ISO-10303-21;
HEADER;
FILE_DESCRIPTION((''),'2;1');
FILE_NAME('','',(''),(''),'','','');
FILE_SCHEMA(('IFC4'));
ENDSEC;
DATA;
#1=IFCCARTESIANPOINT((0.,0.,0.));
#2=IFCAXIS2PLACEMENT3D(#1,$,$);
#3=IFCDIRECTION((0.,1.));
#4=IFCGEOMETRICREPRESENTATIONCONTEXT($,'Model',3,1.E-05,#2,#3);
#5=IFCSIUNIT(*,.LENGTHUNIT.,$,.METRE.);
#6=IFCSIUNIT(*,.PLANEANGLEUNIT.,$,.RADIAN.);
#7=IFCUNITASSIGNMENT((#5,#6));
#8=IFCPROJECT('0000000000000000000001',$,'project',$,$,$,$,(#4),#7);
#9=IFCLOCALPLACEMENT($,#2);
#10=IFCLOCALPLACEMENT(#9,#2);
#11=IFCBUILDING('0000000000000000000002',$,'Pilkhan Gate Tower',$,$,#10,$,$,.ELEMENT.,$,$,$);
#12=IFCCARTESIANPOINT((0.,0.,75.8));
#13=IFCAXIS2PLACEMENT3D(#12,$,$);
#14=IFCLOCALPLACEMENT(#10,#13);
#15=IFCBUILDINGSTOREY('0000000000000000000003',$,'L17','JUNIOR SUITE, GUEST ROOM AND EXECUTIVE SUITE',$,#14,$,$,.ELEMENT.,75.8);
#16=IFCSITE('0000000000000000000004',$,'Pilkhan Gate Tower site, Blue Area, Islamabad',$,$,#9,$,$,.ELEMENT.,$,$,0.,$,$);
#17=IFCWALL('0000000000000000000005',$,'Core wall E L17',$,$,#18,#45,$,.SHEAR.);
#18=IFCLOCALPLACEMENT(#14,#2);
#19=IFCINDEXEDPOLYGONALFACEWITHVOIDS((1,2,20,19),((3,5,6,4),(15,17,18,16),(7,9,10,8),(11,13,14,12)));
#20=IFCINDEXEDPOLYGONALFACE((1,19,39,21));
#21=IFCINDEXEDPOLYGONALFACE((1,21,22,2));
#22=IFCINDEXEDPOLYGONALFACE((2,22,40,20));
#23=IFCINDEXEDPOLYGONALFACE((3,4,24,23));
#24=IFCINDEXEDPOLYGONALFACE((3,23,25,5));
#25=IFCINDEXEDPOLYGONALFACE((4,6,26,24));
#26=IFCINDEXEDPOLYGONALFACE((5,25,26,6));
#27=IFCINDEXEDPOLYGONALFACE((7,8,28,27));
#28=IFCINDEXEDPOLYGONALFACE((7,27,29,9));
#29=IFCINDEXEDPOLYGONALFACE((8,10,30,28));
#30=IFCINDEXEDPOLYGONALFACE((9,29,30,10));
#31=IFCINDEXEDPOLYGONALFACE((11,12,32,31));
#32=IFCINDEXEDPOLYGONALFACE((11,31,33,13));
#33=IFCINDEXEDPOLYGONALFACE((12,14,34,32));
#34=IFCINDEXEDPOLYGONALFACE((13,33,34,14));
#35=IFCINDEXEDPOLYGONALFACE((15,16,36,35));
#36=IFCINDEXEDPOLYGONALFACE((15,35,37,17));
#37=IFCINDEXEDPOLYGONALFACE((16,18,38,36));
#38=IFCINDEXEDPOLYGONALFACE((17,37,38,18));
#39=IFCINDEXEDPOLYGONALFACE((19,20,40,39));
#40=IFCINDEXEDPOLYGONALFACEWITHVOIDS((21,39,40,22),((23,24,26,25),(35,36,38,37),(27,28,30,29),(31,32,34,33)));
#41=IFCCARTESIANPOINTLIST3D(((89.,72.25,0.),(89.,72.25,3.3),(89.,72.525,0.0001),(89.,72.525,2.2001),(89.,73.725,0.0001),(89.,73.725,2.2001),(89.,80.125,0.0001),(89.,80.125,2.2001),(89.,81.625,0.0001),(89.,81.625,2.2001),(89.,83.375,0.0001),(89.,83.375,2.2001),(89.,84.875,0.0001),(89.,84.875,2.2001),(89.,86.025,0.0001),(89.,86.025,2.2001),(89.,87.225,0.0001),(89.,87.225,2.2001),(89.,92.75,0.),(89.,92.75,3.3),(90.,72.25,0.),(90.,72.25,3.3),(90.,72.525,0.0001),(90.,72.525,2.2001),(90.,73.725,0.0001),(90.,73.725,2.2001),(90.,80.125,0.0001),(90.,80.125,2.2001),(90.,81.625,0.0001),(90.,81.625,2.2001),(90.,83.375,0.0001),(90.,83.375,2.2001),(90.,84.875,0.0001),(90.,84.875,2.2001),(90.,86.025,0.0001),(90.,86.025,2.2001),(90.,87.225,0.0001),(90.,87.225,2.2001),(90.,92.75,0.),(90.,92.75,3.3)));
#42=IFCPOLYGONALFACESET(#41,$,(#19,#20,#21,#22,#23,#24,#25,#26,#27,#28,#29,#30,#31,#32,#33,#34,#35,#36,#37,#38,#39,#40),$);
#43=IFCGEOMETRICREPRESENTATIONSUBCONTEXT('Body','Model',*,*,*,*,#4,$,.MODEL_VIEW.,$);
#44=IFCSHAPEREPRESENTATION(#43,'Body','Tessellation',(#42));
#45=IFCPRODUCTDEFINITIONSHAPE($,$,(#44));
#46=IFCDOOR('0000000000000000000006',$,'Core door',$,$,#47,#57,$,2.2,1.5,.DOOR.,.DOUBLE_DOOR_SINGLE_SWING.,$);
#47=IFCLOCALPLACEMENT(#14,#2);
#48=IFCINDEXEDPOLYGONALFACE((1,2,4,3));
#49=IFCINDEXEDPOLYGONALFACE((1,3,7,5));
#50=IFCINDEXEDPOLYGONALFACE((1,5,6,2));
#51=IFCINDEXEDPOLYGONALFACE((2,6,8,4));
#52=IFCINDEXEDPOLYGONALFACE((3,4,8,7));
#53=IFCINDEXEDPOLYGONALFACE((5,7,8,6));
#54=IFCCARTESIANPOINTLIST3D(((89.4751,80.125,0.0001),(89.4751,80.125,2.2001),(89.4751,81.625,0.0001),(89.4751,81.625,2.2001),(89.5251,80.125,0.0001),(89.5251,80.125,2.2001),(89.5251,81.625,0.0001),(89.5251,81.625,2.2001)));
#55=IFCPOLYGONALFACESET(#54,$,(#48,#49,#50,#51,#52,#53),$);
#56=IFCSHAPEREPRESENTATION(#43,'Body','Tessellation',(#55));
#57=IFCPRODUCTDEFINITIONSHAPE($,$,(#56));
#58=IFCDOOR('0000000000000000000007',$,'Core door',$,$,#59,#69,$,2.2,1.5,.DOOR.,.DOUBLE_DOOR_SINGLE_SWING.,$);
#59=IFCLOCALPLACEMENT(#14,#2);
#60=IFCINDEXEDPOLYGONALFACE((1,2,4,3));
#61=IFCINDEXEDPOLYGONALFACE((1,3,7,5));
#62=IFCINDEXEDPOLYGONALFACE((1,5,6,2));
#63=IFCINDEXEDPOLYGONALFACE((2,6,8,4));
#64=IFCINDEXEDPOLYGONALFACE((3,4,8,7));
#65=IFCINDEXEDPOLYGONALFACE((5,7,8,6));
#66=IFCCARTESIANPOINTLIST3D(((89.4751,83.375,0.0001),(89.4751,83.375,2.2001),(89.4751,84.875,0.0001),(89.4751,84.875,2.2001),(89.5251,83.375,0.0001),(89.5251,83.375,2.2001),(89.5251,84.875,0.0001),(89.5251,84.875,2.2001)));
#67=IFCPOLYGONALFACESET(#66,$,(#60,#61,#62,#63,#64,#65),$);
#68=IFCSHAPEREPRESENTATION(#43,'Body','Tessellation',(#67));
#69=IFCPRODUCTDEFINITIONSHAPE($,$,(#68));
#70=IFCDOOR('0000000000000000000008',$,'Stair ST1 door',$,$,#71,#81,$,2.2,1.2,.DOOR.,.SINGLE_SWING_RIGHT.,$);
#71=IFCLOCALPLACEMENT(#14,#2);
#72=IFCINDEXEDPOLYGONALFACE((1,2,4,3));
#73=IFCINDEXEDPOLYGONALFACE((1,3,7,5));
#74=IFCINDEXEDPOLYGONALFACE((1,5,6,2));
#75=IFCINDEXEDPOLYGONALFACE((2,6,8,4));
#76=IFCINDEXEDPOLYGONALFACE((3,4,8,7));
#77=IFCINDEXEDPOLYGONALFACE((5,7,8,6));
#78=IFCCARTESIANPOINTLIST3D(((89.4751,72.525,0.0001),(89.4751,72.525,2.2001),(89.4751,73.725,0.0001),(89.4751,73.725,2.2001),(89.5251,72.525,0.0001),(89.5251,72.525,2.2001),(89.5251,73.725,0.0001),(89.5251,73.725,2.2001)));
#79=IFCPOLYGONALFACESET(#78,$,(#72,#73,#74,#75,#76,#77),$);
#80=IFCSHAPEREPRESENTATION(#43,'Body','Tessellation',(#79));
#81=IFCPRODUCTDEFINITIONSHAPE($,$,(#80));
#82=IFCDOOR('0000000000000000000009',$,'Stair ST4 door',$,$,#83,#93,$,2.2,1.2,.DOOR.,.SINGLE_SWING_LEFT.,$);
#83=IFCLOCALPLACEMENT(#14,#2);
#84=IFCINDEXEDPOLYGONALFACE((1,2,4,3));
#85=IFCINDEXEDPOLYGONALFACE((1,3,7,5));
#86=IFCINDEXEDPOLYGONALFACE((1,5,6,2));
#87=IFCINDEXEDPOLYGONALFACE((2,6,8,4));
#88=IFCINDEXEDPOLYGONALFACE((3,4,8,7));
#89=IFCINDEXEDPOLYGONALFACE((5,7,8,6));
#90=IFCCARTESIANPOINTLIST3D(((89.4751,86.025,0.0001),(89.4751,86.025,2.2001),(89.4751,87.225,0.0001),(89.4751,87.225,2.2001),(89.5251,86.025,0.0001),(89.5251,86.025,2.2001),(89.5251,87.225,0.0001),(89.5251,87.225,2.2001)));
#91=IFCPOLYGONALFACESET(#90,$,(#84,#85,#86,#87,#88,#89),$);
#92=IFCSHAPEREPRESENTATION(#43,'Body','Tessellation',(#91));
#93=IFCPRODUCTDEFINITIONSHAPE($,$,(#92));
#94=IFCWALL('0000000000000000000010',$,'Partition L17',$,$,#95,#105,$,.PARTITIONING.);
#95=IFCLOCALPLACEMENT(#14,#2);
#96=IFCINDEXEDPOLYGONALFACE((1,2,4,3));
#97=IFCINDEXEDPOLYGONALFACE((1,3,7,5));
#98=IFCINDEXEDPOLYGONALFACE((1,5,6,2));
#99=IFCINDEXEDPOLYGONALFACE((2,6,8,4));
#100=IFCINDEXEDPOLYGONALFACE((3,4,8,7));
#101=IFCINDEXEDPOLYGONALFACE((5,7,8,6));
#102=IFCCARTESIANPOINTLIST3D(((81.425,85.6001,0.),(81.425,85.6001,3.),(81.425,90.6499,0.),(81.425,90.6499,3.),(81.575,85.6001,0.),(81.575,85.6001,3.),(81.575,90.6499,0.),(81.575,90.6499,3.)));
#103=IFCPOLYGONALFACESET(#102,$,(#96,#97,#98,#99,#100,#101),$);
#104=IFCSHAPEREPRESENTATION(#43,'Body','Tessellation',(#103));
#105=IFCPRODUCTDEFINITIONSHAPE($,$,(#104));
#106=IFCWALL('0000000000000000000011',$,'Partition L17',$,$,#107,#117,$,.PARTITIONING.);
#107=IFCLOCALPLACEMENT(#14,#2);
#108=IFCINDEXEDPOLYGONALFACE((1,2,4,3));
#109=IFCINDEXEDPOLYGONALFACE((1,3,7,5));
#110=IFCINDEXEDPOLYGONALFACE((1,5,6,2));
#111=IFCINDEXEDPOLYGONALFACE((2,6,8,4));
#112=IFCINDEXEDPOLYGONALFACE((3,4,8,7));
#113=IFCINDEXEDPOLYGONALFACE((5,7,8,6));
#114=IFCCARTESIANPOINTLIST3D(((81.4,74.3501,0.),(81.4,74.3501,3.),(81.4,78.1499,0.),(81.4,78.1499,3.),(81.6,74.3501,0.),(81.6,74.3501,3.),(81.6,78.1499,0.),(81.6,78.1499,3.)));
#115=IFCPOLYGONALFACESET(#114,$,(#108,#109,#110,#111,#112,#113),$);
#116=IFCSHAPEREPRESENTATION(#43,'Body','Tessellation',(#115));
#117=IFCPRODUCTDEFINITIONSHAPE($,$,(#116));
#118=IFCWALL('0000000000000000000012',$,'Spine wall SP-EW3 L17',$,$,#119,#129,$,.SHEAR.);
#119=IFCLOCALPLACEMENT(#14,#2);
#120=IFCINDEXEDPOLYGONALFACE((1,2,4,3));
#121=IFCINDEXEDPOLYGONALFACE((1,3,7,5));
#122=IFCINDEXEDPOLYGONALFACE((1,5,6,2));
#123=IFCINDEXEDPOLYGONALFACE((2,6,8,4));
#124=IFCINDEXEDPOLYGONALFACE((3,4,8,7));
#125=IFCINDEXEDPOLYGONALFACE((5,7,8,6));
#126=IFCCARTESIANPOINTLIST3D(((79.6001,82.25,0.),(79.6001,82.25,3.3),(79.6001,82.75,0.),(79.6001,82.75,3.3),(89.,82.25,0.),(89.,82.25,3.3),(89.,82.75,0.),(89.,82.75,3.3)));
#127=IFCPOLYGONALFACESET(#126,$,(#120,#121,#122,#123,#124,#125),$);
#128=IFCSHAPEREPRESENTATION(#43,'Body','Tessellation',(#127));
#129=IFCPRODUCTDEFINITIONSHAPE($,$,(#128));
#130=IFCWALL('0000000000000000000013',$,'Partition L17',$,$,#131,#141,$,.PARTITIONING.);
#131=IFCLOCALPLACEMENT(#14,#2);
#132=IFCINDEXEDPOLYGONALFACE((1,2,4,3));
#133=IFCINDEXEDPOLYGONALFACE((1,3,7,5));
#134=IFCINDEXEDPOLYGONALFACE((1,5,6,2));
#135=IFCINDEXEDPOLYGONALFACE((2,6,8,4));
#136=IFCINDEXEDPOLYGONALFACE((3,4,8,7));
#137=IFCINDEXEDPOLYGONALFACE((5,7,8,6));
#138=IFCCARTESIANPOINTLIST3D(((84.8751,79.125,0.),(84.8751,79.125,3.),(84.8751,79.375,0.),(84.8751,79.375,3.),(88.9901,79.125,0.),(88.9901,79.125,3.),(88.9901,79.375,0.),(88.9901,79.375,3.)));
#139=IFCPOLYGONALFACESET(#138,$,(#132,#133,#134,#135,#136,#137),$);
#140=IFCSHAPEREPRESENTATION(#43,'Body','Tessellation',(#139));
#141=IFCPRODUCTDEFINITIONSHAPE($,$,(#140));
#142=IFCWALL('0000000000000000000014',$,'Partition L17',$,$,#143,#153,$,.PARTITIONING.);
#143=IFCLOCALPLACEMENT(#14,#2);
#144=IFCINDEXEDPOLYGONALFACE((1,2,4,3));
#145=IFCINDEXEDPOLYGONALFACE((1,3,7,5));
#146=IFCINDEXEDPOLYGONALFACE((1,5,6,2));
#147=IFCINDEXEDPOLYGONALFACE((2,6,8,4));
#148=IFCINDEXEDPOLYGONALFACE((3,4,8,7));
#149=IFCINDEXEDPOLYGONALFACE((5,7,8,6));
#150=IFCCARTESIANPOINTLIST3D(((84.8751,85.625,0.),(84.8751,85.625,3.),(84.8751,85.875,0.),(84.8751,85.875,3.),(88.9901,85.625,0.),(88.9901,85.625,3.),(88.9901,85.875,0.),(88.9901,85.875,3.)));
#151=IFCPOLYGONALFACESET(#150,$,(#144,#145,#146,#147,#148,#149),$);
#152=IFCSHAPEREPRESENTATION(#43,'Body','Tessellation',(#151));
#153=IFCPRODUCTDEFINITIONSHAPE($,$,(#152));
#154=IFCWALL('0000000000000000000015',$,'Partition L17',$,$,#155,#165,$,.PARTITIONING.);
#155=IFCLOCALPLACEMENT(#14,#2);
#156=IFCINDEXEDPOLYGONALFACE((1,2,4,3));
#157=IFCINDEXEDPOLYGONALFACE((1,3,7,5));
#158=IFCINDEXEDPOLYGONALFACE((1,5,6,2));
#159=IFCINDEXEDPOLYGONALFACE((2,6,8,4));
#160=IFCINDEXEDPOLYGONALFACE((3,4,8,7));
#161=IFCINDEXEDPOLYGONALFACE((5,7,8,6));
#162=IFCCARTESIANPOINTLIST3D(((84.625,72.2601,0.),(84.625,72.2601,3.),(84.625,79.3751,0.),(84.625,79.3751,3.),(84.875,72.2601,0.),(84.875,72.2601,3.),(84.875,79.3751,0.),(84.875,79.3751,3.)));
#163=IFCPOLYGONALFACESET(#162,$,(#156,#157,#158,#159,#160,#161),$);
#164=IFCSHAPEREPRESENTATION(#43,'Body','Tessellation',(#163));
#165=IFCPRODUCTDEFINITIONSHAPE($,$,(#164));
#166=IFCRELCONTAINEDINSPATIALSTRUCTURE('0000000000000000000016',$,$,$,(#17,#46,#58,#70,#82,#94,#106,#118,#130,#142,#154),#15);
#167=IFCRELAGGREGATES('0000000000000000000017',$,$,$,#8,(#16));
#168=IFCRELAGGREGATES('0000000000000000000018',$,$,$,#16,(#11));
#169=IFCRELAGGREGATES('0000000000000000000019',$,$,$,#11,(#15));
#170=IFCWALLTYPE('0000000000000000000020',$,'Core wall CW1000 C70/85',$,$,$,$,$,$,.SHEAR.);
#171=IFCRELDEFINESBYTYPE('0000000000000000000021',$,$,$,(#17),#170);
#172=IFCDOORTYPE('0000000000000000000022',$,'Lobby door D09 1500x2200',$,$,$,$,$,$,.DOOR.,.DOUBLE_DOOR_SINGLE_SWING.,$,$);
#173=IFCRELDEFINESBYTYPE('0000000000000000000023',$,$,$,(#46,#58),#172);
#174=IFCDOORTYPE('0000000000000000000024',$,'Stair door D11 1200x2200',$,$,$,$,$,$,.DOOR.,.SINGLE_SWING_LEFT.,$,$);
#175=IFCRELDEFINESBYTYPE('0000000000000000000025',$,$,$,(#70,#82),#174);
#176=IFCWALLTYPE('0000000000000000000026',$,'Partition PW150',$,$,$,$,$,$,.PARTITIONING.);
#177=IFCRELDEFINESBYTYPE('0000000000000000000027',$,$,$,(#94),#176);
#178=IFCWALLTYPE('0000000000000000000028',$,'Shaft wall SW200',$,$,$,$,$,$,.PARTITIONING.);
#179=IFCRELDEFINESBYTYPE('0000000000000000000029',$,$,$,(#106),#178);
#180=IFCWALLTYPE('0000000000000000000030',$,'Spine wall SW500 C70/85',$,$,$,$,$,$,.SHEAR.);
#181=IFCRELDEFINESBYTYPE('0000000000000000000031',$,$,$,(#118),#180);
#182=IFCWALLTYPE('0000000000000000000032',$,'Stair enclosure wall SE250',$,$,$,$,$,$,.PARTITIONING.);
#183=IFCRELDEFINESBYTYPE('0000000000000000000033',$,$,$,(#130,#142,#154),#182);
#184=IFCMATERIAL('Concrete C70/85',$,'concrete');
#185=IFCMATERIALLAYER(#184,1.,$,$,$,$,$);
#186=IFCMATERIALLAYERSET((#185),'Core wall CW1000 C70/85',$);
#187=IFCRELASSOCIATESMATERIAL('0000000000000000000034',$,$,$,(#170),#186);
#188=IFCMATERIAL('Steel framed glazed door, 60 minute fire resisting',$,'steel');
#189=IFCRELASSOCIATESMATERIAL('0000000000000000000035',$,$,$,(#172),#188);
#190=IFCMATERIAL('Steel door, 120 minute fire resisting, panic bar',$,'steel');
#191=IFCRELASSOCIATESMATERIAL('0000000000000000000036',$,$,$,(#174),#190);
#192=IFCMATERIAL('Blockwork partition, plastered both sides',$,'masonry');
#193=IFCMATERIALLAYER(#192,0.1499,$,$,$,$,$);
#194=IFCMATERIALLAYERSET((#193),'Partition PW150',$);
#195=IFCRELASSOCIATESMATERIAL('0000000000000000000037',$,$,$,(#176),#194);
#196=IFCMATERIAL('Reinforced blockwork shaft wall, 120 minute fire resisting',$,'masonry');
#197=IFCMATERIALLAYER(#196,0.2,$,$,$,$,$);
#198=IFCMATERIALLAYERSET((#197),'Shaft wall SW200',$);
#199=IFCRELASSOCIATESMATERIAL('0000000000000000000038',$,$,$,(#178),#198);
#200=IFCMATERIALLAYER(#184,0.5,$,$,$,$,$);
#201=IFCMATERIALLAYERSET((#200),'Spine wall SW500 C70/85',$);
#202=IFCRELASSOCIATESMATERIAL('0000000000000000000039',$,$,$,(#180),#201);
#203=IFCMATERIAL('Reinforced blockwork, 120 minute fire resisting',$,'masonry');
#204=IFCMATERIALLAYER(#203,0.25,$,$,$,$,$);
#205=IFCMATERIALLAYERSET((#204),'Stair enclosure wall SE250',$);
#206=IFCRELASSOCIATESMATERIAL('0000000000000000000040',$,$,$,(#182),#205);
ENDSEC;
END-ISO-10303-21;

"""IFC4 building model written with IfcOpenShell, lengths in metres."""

from ifc_helpers import new_model, si_unit, direction, frame, frame_2d, origin, place, context, subcontext, project, spatial, rectangle, extrude, material, layer, layer_set, type_object, element, fill, save


model = new_model("IFC4")

# Units and contexts
model_context = context("Model", 3, precision=1e-05, world=origin(), true_north=direction((0.0, 1.0)))
body_context = subcontext(model_context, "Body", "Model", "MODEL_VIEW")
ifc_project = project(units=[si_unit("LENGTHUNIT", "METRE"), si_unit("PLANEANGLEUNIT", "RADIAN")], contexts=[model_context])

# Site, building, storey
site_placement = place(None, origin())
site = spatial("IfcSite", under=ifc_project, at=site_placement, Name="Pilkhan Gate Tower site, Blue Area, Islamabad", CompositionType="ELEMENT", RefElevation=0.0)
building_placement = place(site_placement, origin())
building = spatial("IfcBuilding", under=site, at=building_placement, Name="Pilkhan Gate Tower", CompositionType="ELEMENT")
storey_placement = place(building_placement, frame((0.0, 0.0, 75.8)))
storey = spatial("IfcBuildingStorey", under=building, at=storey_placement, Name="L17", Description="JUNIOR SUITE, GUEST ROOM AND EXECUTIVE SUITE", CompositionType="ELEMENT", Elevation=75.8)

# Wall, openings, doors
ifc_material_1 = material(Name="Concrete C70/85", Category="concrete")
ifc_layer_1 = layer(ifc_material_1, 1.0)
ifc_layer_set_1 = layer_set([ifc_layer_1], Name="Core wall CW1000 C70/85")
wall_type_1 = type_object("IfcWallType", Name="Core wall CW1000 C70/85", PredefinedType="SHEAR", material=ifc_layer_set_1)
wall_1_placement = place(storey_placement, frame((89.5, 72.25, 0.0), z_axis=(0.0, 0.0, 1.0), x_axis=(0.0, 1.0, 0.0)))
wall_1 = element("IfcWall", 1, at=wall_1_placement, inside=storey, type_object=wall_type_1, Name="Core wall E L17", PredefinedType="SHEAR", context=body_context, shape_type="SweptSolid", body=[
    extrude(rectangle(XDim=20.5, YDim=1.0, at=frame_2d((10.25, 0.0))), origin(), (0.0, 0.0, 1.0), 3.3),
])
opening_1_placement = place(wall_1_placement, frame((0.2749, 0.0, 0.0)))
opening_1 = element("IfcOpeningElement", 2, at=opening_1_placement, cuts=wall_1, PredefinedType="OPENING", context=body_context, shape_type="SweptSolid", body=[
    extrude(rectangle(XDim=1.2, YDim=2.2, at=frame_2d((0.6001, 1.1001))), frame((0.0, 0.51, 0.0), z_axis=(0.0, -1.0, 0.0), x_axis=(1.0, 0.0, 0.0)), (0.0, 0.0, 1.0), 1.02),
])
opening_2_placement = place(wall_1_placement, frame((13.7749, 0.0, 0.0)))
opening_2 = element("IfcOpeningElement", 3, at=opening_2_placement, cuts=wall_1, PredefinedType="OPENING", context=body_context, shape_type="SweptSolid", body=[
    extrude(rectangle(XDim=1.2, YDim=2.2, at=frame_2d((0.6001, 1.1001))), frame((0.0, 0.51, 0.0), z_axis=(0.0, -1.0, 0.0), x_axis=(1.0, 0.0, 0.0)), (0.0, 0.0, 1.0), 1.02),
])
opening_3_placement = place(wall_1_placement, frame((7.875, 0.0, 0.0)))
opening_3 = element("IfcOpeningElement", 4, at=opening_3_placement, cuts=wall_1, PredefinedType="OPENING", context=body_context, shape_type="SweptSolid", body=[
    extrude(rectangle(XDim=1.5, YDim=2.2, at=frame_2d((0.75, 1.1001))), frame((0.0, 0.51, 0.0), z_axis=(0.0, -1.0, 0.0), x_axis=(1.0, 0.0, 0.0)), (0.0, 0.0, 1.0), 1.02),
])
opening_4_placement = place(wall_1_placement, frame((11.125, 0.0, 0.0)))
opening_4 = element("IfcOpeningElement", 5, at=opening_4_placement, cuts=wall_1, PredefinedType="OPENING", context=body_context, shape_type="SweptSolid", body=[
    extrude(rectangle(XDim=1.5, YDim=2.2, at=frame_2d((0.75, 1.1001))), frame((0.0, 0.51, 0.0), z_axis=(0.0, -1.0, 0.0), x_axis=(1.0, 0.0, 0.0)), (0.0, 0.0, 1.0), 1.02),
])
ifc_material_2 = material(Name="Steel framed glazed door, 60 minute fire resisting", Category="steel")
door_type_1 = type_object("IfcDoorType", Name="Lobby door D09 1500x2200", OperationType="DOUBLE_DOOR_SINGLE_SWING", PredefinedType="DOOR", material=ifc_material_2)
door_1_placement = place(opening_3_placement, origin())
door_1 = element("IfcDoor", 6, at=door_1_placement, inside=storey, type_object=door_type_1, Name="Core door", OperationType="DOUBLE_DOOR_SINGLE_SWING", OverallHeight=2.2, OverallWidth=1.5, PredefinedType="DOOR", context=body_context, shape_type="SweptSolid", body=[
    extrude(rectangle(XDim=1.5, YDim=2.2, at=frame_2d((0.75, 1.1001))), frame((0.0, 0.0249, 0.0), z_axis=(0.0, -1.0, 0.0), x_axis=(1.0, 0.0, 0.0)), (0.0, 0.0, 1.0), 0.05),
])
fill(opening_3, door_1)
door_2_placement = place(opening_4_placement, origin())
door_2 = element("IfcDoor", 7, at=door_2_placement, inside=storey, type_object=door_type_1, Name="Core door", OperationType="DOUBLE_DOOR_SINGLE_SWING", OverallHeight=2.2, OverallWidth=1.5, PredefinedType="DOOR", context=body_context, shape_type="SweptSolid", body=[
    extrude(rectangle(XDim=1.5, YDim=2.2, at=frame_2d((0.75, 1.1001))), frame((0.0, 0.0249, 0.0), z_axis=(0.0, -1.0, 0.0), x_axis=(1.0, 0.0, 0.0)), (0.0, 0.0, 1.0), 0.05),
])
fill(opening_4, door_2)
ifc_material_3 = material(Name="Steel door, 120 minute fire resisting, panic bar", Category="steel")
door_type_2 = type_object("IfcDoorType", Name="Stair door D11 1200x2200", OperationType="SINGLE_SWING_LEFT", PredefinedType="DOOR", material=ifc_material_3)
door_3_placement = place(opening_1_placement, origin())
door_3 = element("IfcDoor", 8, at=door_3_placement, inside=storey, type_object=door_type_2, Name="Stair ST1 door", OperationType="SINGLE_SWING_RIGHT", OverallHeight=2.2, OverallWidth=1.2, PredefinedType="DOOR", context=body_context, shape_type="SweptSolid", body=[
    extrude(rectangle(XDim=1.2, YDim=2.2, at=frame_2d((0.6001, 1.1001))), frame((0.0, 0.0249, 0.0), z_axis=(0.0, -1.0, 0.0), x_axis=(1.0, 0.0, 0.0)), (0.0, 0.0, 1.0), 0.05),
])
fill(opening_1, door_3)
door_4_placement = place(opening_2_placement, origin())
door_4 = element("IfcDoor", 9, at=door_4_placement, inside=storey, type_object=door_type_2, Name="Stair ST4 door", OperationType="SINGLE_SWING_LEFT", OverallHeight=2.2, OverallWidth=1.2, PredefinedType="DOOR", context=body_context, shape_type="SweptSolid", body=[
    extrude(rectangle(XDim=1.2, YDim=2.2, at=frame_2d((0.6001, 1.1001))), frame((0.0, 0.0249, 0.0), z_axis=(0.0, -1.0, 0.0), x_axis=(1.0, 0.0, 0.0)), (0.0, 0.0, 1.0), 0.05),
])
fill(opening_2, door_4)

# Walls
ifc_material_4 = material(Name="Blockwork partition, plastered both sides", Category="masonry")
ifc_layer_2 = layer(ifc_material_4, 0.1499)
ifc_layer_set_2 = layer_set([ifc_layer_2], Name="Partition PW150")
wall_type_2 = type_object("IfcWallType", Name="Partition PW150", PredefinedType="PARTITIONING", material=ifc_layer_set_2)
wall_2_placement = place(storey_placement, frame((81.5, 85.6001, 0.0), z_axis=(0.0, 0.0, 1.0), x_axis=(0.0, 1.0, 0.0)))
element("IfcWall", 10, at=wall_2_placement, inside=storey, type_object=wall_type_2, Name="Partition L17", PredefinedType="PARTITIONING", context=body_context, shape_type="SweptSolid", body=[
    extrude(rectangle(XDim=5.0498, YDim=0.1499, at=frame_2d((2.5249, 0.0))), origin(), (0.0, 0.0, 1.0), 3.0),
])
ifc_material_5 = material(Name="Reinforced blockwork shaft wall, 120 minute fire resisting", Category="masonry")
ifc_layer_3 = layer(ifc_material_5, 0.2)
ifc_layer_set_3 = layer_set([ifc_layer_3], Name="Shaft wall SW200")
wall_type_3 = type_object("IfcWallType", Name="Shaft wall SW200", PredefinedType="PARTITIONING", material=ifc_layer_set_3)
wall_3_placement = place(storey_placement, frame((81.5, 74.3501, 0.0), z_axis=(0.0, 0.0, 1.0), x_axis=(0.0, 1.0, 0.0)))
element("IfcWall", 11, at=wall_3_placement, inside=storey, type_object=wall_type_3, Name="Partition L17", PredefinedType="PARTITIONING", context=body_context, shape_type="SweptSolid", body=[
    extrude(rectangle(XDim=3.7998, YDim=0.2, at=frame_2d((1.8999, 0.0))), origin(), (0.0, 0.0, 1.0), 3.0),
])
ifc_layer_4 = layer(ifc_material_1, 0.5)
ifc_layer_set_4 = layer_set([ifc_layer_4], Name="Spine wall SW500 C70/85")
wall_type_4 = type_object("IfcWallType", Name="Spine wall SW500 C70/85", PredefinedType="SHEAR", material=ifc_layer_set_4)
wall_4_placement = place(storey_placement, frame((79.6001, 82.5, 0.0), z_axis=(0.0, 0.0, 1.0), x_axis=(1.0, 0.0, 0.0)))
element("IfcWall", 12, at=wall_4_placement, inside=storey, type_object=wall_type_4, Name="Spine wall SP-EW3 L17", PredefinedType="SHEAR", context=body_context, shape_type="SweptSolid", body=[
    extrude(rectangle(XDim=9.3999, YDim=0.5, at=frame_2d((4.7, 0.0))), origin(), (0.0, 0.0, 1.0), 3.3),
])
ifc_material_6 = material(Name="Reinforced blockwork, 120 minute fire resisting", Category="masonry")
ifc_layer_5 = layer(ifc_material_6, 0.25)
ifc_layer_set_5 = layer_set([ifc_layer_5], Name="Stair enclosure wall SE250")
wall_type_5 = type_object("IfcWallType", Name="Stair enclosure wall SE250", PredefinedType="PARTITIONING", material=ifc_layer_set_5)
for number, where, z_axis, x_axis, name in (
    (13, (84.875, 79.25, 0.0), (0.0, 0.0, 1.0), (1.0, 0.0, 0.0), "Partition L17"),
    (14, (84.875, 85.75, 0.0), (0.0, 0.0, 1.0), (1.0, 0.0, 0.0), "Partition L17"),
):
    element("IfcWall", number, at=place(storey_placement, frame(where, z_axis=z_axis, x_axis=x_axis)), inside=storey, type_object=wall_type_5, Name=name, PredefinedType="PARTITIONING", context=body_context, shape_type="SweptSolid", body=[
        extrude(rectangle(XDim=4.115, YDim=0.25, at=frame_2d((2.0576, 0.0))), origin(), (0.0, 0.0, 1.0), 3.0),
    ])
for number, where, z_axis, x_axis, name in (
    (15, (84.75, 72.26, 0.0), (0.0, 0.0, 1.0), (0.0, 1.0, 0.0), "Partition L17"),
):
    element("IfcWall", number, at=place(storey_placement, frame(where, z_axis=z_axis, x_axis=x_axis)), inside=storey, type_object=wall_type_5, Name=name, PredefinedType="PARTITIONING", context=body_context, shape_type="SweptSolid", body=[
        extrude(rectangle(XDim=7.115, YDim=0.25, at=frame_2d((3.5576, 0.0))), origin(), (0.0, 0.0, 1.0), 3.0),
    ])

save(model, "model.ifc")
